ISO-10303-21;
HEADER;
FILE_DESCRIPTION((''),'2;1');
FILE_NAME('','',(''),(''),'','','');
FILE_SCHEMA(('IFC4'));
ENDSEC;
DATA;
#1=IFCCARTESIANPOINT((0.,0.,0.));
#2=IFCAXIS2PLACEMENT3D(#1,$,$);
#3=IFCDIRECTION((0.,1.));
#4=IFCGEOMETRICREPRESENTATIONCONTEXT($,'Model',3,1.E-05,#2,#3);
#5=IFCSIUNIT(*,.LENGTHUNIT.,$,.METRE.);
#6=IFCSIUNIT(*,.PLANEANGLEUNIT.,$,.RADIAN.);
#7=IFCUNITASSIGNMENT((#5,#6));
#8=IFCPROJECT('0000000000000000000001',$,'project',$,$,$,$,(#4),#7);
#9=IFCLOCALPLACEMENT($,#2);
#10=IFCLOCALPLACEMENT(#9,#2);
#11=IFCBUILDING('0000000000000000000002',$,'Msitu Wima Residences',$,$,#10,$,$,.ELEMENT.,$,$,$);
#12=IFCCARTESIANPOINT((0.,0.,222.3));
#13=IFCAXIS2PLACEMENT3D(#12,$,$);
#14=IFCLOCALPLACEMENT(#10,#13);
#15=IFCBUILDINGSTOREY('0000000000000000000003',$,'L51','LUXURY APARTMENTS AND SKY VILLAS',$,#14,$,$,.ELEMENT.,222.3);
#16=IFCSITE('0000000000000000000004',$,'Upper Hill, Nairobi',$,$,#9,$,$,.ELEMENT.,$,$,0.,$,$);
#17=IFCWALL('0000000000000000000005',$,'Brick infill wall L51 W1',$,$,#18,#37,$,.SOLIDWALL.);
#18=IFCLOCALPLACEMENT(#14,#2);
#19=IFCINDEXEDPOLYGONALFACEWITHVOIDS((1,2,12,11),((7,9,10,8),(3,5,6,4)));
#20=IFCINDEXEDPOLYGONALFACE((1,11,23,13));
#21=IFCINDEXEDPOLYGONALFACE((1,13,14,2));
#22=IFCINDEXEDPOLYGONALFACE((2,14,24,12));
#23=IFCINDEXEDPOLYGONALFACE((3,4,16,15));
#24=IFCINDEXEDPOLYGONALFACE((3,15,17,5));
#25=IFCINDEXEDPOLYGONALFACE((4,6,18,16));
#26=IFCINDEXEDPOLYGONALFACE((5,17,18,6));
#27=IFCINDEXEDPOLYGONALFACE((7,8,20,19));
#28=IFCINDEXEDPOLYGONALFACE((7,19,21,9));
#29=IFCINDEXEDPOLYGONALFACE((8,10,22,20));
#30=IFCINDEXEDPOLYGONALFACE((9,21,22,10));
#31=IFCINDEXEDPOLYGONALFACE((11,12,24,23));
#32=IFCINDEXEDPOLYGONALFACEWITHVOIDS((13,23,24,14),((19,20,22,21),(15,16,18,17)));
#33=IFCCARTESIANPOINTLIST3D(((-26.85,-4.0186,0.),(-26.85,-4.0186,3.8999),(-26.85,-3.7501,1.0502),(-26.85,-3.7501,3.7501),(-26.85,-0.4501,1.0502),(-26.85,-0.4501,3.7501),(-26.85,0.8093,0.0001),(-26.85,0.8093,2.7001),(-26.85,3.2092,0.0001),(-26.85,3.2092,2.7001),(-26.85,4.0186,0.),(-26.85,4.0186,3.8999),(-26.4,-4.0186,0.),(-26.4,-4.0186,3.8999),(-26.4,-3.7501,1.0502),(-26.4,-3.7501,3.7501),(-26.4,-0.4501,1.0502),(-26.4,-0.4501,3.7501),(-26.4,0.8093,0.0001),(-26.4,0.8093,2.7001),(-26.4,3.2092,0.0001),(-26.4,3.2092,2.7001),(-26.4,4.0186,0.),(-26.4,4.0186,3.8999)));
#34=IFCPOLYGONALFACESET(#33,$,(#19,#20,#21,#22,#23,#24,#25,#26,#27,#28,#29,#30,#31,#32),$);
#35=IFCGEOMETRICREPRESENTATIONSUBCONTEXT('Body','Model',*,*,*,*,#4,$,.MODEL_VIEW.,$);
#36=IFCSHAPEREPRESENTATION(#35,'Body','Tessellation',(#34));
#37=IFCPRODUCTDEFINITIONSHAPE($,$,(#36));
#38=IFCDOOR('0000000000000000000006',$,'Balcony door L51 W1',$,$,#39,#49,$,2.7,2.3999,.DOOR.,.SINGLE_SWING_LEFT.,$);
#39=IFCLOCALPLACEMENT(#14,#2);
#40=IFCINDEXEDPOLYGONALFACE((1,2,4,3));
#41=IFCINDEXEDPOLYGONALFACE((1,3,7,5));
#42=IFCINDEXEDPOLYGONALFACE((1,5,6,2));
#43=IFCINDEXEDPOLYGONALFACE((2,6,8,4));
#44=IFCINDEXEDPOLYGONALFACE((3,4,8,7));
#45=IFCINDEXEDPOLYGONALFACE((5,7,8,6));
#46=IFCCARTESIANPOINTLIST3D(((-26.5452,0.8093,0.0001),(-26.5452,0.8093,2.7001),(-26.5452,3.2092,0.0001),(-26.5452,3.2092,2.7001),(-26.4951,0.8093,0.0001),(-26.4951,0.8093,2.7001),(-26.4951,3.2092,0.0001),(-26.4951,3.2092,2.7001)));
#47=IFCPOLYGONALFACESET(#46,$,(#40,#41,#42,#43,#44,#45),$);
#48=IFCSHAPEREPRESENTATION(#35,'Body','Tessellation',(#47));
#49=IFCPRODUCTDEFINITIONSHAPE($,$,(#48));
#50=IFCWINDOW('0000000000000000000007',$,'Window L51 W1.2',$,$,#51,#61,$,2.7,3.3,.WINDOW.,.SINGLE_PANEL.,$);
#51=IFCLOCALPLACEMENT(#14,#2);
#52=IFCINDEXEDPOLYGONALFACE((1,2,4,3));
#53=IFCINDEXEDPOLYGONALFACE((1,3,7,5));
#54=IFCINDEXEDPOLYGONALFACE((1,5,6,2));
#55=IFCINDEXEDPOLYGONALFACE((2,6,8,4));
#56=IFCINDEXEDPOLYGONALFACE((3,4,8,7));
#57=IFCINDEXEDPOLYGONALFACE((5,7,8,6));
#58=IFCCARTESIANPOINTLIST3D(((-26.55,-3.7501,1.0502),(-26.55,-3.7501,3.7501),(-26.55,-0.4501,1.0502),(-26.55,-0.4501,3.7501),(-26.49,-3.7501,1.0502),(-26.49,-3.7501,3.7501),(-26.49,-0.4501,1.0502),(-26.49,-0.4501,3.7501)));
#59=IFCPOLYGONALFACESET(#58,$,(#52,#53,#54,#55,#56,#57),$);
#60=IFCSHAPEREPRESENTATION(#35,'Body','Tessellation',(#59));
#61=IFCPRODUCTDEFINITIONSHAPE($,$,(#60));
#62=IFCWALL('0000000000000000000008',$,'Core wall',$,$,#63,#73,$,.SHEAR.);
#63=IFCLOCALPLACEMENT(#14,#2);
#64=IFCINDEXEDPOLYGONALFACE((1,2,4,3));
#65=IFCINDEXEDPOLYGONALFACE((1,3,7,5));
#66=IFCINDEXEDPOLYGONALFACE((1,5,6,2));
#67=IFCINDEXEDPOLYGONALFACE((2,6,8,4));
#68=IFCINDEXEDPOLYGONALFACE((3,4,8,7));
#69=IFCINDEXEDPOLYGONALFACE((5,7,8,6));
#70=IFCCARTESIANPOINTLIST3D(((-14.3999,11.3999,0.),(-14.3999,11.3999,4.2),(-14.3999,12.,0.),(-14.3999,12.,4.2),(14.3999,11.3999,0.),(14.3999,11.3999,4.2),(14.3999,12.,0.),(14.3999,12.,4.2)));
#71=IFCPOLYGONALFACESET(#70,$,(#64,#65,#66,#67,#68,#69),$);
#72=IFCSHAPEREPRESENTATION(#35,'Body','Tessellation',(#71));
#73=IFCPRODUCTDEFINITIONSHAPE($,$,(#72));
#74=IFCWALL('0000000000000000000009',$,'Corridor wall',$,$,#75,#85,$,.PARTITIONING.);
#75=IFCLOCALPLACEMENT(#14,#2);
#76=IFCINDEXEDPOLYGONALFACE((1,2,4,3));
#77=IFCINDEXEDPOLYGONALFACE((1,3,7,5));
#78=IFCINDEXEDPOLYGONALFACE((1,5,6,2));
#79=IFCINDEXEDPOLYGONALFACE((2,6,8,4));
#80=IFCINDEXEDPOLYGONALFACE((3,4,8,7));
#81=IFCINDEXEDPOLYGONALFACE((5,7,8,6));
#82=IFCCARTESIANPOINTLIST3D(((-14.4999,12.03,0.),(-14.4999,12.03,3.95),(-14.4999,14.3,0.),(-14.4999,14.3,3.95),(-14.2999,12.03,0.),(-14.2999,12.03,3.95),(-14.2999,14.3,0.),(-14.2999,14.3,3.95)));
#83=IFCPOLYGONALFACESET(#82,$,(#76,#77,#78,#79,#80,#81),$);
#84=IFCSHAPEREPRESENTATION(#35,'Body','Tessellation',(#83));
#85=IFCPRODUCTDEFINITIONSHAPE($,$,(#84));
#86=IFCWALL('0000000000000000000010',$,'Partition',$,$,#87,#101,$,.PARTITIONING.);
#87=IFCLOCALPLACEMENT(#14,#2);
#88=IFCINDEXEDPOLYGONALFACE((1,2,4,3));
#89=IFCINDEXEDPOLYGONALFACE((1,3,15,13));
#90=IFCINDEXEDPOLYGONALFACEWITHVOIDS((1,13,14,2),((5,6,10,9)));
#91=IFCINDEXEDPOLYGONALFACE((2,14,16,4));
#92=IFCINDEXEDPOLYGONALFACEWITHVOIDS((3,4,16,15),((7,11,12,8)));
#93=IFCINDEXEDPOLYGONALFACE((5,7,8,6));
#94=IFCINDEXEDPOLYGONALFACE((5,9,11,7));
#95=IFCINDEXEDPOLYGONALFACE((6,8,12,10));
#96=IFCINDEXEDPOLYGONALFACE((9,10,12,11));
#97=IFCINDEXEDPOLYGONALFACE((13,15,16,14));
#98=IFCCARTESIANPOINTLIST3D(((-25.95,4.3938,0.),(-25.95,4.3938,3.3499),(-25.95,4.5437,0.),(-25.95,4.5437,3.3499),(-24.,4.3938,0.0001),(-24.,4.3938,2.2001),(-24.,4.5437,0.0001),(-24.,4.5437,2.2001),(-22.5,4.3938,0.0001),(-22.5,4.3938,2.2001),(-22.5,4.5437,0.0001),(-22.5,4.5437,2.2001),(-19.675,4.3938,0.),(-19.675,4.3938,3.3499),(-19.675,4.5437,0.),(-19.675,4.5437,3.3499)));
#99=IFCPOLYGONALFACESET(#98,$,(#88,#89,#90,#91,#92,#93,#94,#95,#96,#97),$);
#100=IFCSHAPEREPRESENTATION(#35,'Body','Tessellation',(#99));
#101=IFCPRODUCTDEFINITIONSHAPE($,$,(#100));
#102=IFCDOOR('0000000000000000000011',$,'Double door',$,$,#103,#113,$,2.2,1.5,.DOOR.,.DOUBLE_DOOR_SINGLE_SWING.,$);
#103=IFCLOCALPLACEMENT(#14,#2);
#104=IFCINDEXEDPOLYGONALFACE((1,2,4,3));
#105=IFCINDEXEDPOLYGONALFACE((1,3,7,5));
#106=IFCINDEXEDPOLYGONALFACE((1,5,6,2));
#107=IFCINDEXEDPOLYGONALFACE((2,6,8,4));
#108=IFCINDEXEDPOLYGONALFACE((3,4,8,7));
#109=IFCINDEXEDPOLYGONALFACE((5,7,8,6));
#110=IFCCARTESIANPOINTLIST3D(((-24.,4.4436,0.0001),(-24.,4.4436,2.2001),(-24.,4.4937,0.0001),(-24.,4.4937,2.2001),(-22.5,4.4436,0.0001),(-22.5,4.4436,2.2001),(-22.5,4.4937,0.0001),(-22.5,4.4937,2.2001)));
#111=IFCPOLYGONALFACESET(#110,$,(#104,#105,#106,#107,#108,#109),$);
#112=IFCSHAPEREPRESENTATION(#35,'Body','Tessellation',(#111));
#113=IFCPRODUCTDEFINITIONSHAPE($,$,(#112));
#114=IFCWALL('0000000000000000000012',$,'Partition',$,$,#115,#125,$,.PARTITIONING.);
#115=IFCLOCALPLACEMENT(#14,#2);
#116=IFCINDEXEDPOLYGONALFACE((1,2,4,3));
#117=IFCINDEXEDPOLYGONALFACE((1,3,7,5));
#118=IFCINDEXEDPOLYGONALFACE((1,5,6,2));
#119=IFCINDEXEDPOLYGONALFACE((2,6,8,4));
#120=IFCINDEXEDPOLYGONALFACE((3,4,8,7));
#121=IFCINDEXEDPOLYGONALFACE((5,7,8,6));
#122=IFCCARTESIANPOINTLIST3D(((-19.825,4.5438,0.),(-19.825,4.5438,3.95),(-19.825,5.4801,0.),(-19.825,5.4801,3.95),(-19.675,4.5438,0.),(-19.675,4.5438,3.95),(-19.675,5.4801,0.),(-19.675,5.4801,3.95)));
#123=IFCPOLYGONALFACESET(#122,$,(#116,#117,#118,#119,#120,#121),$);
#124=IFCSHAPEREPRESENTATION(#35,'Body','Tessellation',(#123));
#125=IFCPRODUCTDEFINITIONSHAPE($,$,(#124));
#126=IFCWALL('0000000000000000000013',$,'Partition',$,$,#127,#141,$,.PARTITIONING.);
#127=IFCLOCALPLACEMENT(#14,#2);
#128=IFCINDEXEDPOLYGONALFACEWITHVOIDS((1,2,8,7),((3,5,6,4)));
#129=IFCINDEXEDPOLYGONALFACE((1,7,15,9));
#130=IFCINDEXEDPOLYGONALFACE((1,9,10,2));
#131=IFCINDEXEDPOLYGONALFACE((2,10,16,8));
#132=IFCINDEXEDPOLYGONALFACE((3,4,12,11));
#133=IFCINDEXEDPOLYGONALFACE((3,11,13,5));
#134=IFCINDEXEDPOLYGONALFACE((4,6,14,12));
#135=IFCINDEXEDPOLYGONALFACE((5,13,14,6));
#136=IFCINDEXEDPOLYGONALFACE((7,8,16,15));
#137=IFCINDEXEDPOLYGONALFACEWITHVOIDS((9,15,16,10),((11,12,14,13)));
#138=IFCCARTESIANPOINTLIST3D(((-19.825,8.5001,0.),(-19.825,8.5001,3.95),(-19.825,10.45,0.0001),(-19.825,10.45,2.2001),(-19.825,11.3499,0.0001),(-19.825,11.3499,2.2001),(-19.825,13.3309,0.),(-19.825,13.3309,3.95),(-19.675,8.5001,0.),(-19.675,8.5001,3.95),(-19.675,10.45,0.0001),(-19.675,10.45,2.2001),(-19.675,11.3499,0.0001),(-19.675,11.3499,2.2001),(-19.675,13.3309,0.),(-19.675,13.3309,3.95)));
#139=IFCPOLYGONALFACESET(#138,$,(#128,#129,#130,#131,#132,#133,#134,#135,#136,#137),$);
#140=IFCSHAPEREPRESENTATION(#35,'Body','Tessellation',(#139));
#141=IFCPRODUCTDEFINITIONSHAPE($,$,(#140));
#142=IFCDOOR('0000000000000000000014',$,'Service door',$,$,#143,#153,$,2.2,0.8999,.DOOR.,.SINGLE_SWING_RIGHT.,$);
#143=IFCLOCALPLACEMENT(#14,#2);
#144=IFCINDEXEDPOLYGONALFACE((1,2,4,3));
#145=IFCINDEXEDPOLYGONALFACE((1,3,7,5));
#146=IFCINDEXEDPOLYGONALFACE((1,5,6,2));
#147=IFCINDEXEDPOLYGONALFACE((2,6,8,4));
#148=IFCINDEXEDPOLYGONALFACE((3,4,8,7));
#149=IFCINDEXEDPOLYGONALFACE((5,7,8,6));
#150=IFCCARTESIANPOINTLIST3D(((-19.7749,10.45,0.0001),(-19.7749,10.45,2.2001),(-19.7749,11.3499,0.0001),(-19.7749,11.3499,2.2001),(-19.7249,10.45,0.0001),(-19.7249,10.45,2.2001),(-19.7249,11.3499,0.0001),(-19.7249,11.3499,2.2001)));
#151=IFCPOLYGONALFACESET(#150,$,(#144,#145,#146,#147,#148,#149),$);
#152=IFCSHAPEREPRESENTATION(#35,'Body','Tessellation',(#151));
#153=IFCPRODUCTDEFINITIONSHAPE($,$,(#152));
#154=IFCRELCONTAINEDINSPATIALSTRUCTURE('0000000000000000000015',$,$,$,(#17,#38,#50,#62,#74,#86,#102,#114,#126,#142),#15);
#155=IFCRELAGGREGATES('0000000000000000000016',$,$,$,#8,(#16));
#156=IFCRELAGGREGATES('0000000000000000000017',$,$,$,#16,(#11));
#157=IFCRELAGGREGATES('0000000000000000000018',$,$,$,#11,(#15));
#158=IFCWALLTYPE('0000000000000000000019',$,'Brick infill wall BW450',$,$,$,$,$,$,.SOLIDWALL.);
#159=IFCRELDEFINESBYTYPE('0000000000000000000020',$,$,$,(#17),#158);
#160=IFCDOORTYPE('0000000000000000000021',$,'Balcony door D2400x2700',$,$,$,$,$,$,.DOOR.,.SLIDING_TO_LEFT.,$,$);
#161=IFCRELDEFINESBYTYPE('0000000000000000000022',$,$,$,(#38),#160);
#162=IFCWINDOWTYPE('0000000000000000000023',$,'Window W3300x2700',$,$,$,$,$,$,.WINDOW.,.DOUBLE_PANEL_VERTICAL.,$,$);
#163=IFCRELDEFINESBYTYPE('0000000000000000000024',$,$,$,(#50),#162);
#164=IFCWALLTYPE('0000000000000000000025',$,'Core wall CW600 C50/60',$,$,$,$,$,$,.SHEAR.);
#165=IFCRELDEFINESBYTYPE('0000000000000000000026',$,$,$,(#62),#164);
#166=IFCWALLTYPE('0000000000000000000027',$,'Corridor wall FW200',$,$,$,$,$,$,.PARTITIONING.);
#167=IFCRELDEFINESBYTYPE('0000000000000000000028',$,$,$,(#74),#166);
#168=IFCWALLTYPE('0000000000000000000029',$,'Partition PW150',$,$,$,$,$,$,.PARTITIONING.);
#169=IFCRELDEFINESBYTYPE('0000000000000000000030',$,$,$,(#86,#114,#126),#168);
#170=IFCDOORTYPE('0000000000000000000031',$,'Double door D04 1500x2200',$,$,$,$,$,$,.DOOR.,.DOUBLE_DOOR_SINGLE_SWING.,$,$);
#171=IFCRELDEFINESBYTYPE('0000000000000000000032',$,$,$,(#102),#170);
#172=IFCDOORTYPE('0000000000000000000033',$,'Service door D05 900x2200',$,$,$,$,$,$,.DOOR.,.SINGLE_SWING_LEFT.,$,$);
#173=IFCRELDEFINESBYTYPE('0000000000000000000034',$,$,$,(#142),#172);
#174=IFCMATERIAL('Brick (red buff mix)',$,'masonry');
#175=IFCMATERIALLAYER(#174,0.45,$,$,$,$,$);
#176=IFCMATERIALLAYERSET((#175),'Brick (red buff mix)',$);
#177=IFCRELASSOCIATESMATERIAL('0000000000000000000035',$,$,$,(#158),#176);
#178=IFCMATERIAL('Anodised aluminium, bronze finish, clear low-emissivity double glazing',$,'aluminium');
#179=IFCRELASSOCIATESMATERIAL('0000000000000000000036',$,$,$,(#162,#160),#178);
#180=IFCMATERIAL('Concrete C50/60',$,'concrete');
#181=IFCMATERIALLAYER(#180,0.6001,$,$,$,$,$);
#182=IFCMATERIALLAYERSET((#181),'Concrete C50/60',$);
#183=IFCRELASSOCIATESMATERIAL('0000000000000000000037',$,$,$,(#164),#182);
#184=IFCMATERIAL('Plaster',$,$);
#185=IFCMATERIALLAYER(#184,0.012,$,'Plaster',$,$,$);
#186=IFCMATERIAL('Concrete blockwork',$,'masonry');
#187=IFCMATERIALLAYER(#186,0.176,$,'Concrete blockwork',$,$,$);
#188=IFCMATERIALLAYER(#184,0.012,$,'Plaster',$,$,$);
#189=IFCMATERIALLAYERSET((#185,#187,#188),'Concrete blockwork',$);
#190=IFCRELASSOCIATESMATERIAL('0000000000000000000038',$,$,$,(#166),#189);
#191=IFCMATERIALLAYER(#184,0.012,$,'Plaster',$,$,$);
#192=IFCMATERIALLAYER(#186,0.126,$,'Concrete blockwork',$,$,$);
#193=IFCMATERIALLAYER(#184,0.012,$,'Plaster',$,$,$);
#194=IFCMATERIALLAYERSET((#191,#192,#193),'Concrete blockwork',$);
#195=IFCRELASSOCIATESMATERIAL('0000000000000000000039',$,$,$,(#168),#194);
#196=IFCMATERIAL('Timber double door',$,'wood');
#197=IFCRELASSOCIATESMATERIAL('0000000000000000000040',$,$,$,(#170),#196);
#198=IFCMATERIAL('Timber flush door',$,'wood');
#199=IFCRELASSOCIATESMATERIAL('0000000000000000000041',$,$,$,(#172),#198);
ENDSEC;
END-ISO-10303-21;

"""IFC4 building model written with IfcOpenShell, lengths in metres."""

from ifc_helpers import new_model, si_unit, direction, frame, frame_2d, origin, place, context, subcontext, project, spatial, rectangle, extrude, material, layer, layer_set, type_object, element, fill, save


model = new_model("IFC4")

# Units and contexts
model_context = context("Model", 3, precision=1e-05, world=origin(), true_north=direction((0.0, 1.0)))
body_context = subcontext(model_context, "Body", "Model", "MODEL_VIEW")
ifc_project = project(units=[si_unit("LENGTHUNIT", "METRE"), si_unit("PLANEANGLEUNIT", "RADIAN")], contexts=[model_context])

# Site, building, storey
site_placement = place(None, origin())
site = spatial("IfcSite", under=ifc_project, at=site_placement, Name="Upper Hill, Nairobi", CompositionType="ELEMENT", RefElevation=0.0)
building_placement = place(site_placement, origin())
building = spatial("IfcBuilding", under=site, at=building_placement, Name="Msitu Wima Residences", CompositionType="ELEMENT")
storey_placement = place(building_placement, frame((0.0, 0.0, 222.3)))
storey = spatial("IfcBuildingStorey", under=building, at=storey_placement, Name="L51", Description="LUXURY APARTMENTS AND SKY VILLAS", CompositionType="ELEMENT", Elevation=222.3)

# Shared definitions
ifc_material_1 = material(Name="Concrete C50/60", Category="concrete")

# Shared definitions
ifc_material_2 = material(Name="Brick (red buff mix)", Category="masonry")
ifc_layer_1 = layer(ifc_material_2, 0.45)
ifc_layer_set_1 = layer_set([ifc_layer_1], Name="Brick (red buff mix)")
wall_type_1 = type_object("IfcWallType", Name="Brick infill wall BW450", PredefinedType="SOLIDWALL", material=ifc_layer_set_1)
ifc_material_3 = material(Name="Anodised aluminium, bronze finish, clear low-emissivity double glazing", Category="aluminium")
window_type = type_object("IfcWindowType", Name="Window W3300x2700", PartitioningType="DOUBLE_PANEL_VERTICAL", PredefinedType="WINDOW", material=ifc_material_3)

# Wall, openings, door, window
wall_1_placement = place(storey_placement, frame((-26.625, 4.0186, 0.0), z_axis=(0.0, 0.0, 1.0), x_axis=(0.0, -1.0, 0.0)))
wall_1 = element("IfcWall", 1, at=wall_1_placement, inside=storey, type_object=wall_type_1, Name="Brick infill wall L51 W1", PredefinedType="SOLIDWALL", context=body_context, shape_type="SweptSolid", body=[
    extrude(rectangle(XDim=8.0371, YDim=0.45, at=frame_2d((4.0186, 0.0))), origin(), (0.0, 0.0, 1.0), 3.8999),
])
opening_1_placement = place(wall_1_placement, frame((0.8093, 0.0, 0.0)))
opening_1 = element("IfcOpeningElement", 2, at=opening_1_placement, cuts=wall_1, PredefinedType="OPENING", context=body_context, shape_type="SweptSolid", body=[
    extrude(rectangle(XDim=2.3999, YDim=2.7, at=frame_2d((1.2, 1.3501))), frame((0.0, 0.2349, 0.0), z_axis=(0.0, -1.0, 0.0), x_axis=(1.0, 0.0, 0.0)), (0.0, 0.0, 1.0), 0.47),
])
opening_2_placement = place(wall_1_placement, frame((4.4688, 0.0, 1.05)))
opening_2 = element("IfcOpeningElement", 3, at=opening_2_placement, cuts=wall_1, PredefinedType="OPENING", context=body_context, shape_type="SweptSolid", body=[
    extrude(rectangle(XDim=3.3, YDim=2.7, at=frame_2d((1.6499, 1.3501))), frame((0.0, 0.2349, 0.0), z_axis=(0.0, -1.0, 0.0), x_axis=(1.0, 0.0, 0.0)), (0.0, 0.0, 1.0), 0.47),
])
door_type_1 = type_object("IfcDoorType", Name="Balcony door D2400x2700", OperationType="SLIDING_TO_LEFT", PredefinedType="DOOR", material=ifc_material_3)
door_1_placement = place(opening_1_placement, origin())
door_1 = element("IfcDoor", 4, at=door_1_placement, inside=storey, type_object=door_type_1, Name="Balcony door L51 W1", OperationType="SINGLE_SWING_LEFT", OverallHeight=2.7, OverallWidth=2.3999, PredefinedType="DOOR", context=body_context, shape_type="SweptSolid", body=[
    extrude(rectangle(XDim=2.3999, YDim=2.7, at=frame_2d((1.2, 1.3501))), frame((0.0, 0.1299, 0.0), z_axis=(0.0, -1.0, 0.0), x_axis=(1.0, 0.0, 0.0)), (0.0, 0.0, 1.0), 0.05),
])
fill(opening_1, door_1)
window_1_placement = place(opening_2_placement, origin())
window_1 = element("IfcWindow", 5, at=window_1_placement, inside=storey, type_object=window_type, Name="Window L51 W1.2", OverallHeight=2.7, OverallWidth=3.3, PartitioningType="SINGLE_PANEL", PredefinedType="WINDOW", context=body_context, shape_type="SweptSolid", body=[
    extrude(rectangle(XDim=3.3, YDim=2.7, at=frame_2d((1.6499, 1.3501))), frame((0.0, 0.135, 0.0), z_axis=(0.0, -1.0, 0.0), x_axis=(1.0, 0.0, 0.0)), (0.0, 0.0, 1.0), 0.0601),
])
fill(opening_2, window_1)

# Walls
ifc_layer_2 = layer(ifc_material_1, 0.6001)
ifc_layer_set_2 = layer_set([ifc_layer_2], Name="Concrete C50/60")
wall_type_2 = type_object("IfcWallType", Name="Core wall CW600 C50/60", PredefinedType="SHEAR", material=ifc_layer_set_2)
wall_2_placement = place(storey_placement, frame((-14.3999, 11.7, 0.0), z_axis=(0.0, 0.0, 1.0), x_axis=(1.0, 0.0, 0.0)))
element("IfcWall", 6, at=wall_2_placement, inside=storey, type_object=wall_type_2, Name="Core wall", PredefinedType="SHEAR", context=body_context, shape_type="SweptSolid", body=[
    extrude(rectangle(XDim=28.7998, YDim=0.6001, at=frame_2d((14.3999, 0.0))), origin(), (0.0, 0.0, 1.0), 4.2),
])
ifc_material_4 = material(Name="Plaster")
ifc_layer_3 = layer(ifc_material_4, 0.012, Name="Plaster")
ifc_material_5 = material(Name="Concrete blockwork", Category="masonry")
ifc_layer_4 = layer(ifc_material_5, 0.176, Name="Concrete blockwork")
ifc_layer_5 = layer(ifc_material_4, 0.012, Name="Plaster")
ifc_layer_set_3 = layer_set([ifc_layer_3, ifc_layer_4, ifc_layer_5], Name="Concrete blockwork")
wall_type_3 = type_object("IfcWallType", Name="Corridor wall FW200", PredefinedType="PARTITIONING", material=ifc_layer_set_3)
wall_3_placement = place(storey_placement, frame((-14.3999, 12.03, 0.0), z_axis=(0.0, 0.0, 1.0), x_axis=(0.0, 1.0, 0.0)))
element("IfcWall", 7, at=wall_3_placement, inside=storey, type_object=wall_type_3, Name="Corridor wall", PredefinedType="PARTITIONING", context=body_context, shape_type="SweptSolid", body=[
    extrude(rectangle(XDim=2.27, YDim=0.2, at=frame_2d((1.135, 0.0))), origin(), (0.0, 0.0, 1.0), 3.95),
])

# Wall, opening, door
ifc_layer_6 = layer(ifc_material_4, 0.012, Name="Plaster")
ifc_layer_7 = layer(ifc_material_5, 0.126, Name="Concrete blockwork")
ifc_layer_8 = layer(ifc_material_4, 0.012, Name="Plaster")
ifc_layer_set_4 = layer_set([ifc_layer_6, ifc_layer_7, ifc_layer_8], Name="Concrete blockwork")
wall_type_4 = type_object("IfcWallType", Name="Partition PW150", PredefinedType="PARTITIONING", material=ifc_layer_set_4)
wall_4_placement = place(storey_placement, frame((-25.95, 4.4688, 0.0), z_axis=(0.0, 0.0, 1.0), x_axis=(1.0, 0.0, 0.0)))
wall_4 = element("IfcWall", 8, at=wall_4_placement, inside=storey, type_object=wall_type_4, Name="Partition", PredefinedType="PARTITIONING", context=body_context, shape_type="SweptSolid", body=[
    extrude(rectangle(XDim=6.2749, YDim=0.1499, at=frame_2d((3.1375, 0.0))), origin(), (0.0, 0.0, 1.0), 3.3499),
])
opening_3_placement = place(wall_4_placement, frame((1.95, 0.0, 0.0)))
opening_3 = element("IfcOpeningElement", 9, at=opening_3_placement, cuts=wall_4, PredefinedType="OPENING", context=body_context, shape_type="SweptSolid", body=[
    extrude(rectangle(XDim=1.5, YDim=2.2, at=frame_2d((0.75, 1.1001))), frame((0.0, 0.085, 0.0), z_axis=(0.0, -1.0, 0.0), x_axis=(1.0, 0.0, 0.0)), (0.0, 0.0, 1.0), 0.1699),
])
ifc_material_6 = material(Name="Timber double door", Category="wood")
door_type_2 = type_object("IfcDoorType", Name="Double door D04 1500x2200", OperationType="DOUBLE_DOOR_SINGLE_SWING", PredefinedType="DOOR", material=ifc_material_6)
door_2_placement = place(opening_3_placement, origin())
door_2 = element("IfcDoor", 10, at=door_2_placement, inside=storey, type_object=door_type_2, Name="Double door", OperationType="DOUBLE_DOOR_SINGLE_SWING", OverallHeight=2.2, OverallWidth=1.5, PredefinedType="DOOR", context=body_context, shape_type="SweptSolid", body=[
    extrude(rectangle(XDim=1.5, YDim=2.2, at=frame_2d((0.75, 1.1001))), frame((0.0, 0.0249, 0.0), z_axis=(0.0, -1.0, 0.0), x_axis=(1.0, 0.0, 0.0)), (0.0, 0.0, 1.0), 0.05),
])
fill(opening_3, door_2)

# Wall
wall_5_placement = place(storey_placement, frame((-19.75, 4.5437, 0.0), z_axis=(0.0, 0.0, 1.0), x_axis=(0.0, 1.0, 0.0)))
element("IfcWall", 11, at=wall_5_placement, inside=storey, type_object=wall_type_4, Name="Partition", PredefinedType="PARTITIONING", context=body_context, shape_type="SweptSolid", body=[
    extrude(rectangle(XDim=0.9363, YDim=0.1499, at=frame_2d((0.4683, 0.0))), origin(), (0.0, 0.0, 1.0), 3.95),
])

# Wall, opening, door
wall_6_placement = place(storey_placement, frame((-19.75, 8.5, 0.0), z_axis=(0.0, 0.0, 1.0), x_axis=(0.0, 1.0, 0.0)))
wall_6 = element("IfcWall", 12, at=wall_6_placement, inside=storey, type_object=wall_type_4, Name="Partition", PredefinedType="PARTITIONING", context=body_context, shape_type="SweptSolid", body=[
    extrude(rectangle(XDim=4.8308, YDim=0.1499, at=frame_2d((2.4155, 0.0))), origin(), (0.0, 0.0, 1.0), 3.95),
])
opening_4_placement = place(wall_6_placement, frame((1.95, 0.0, 0.0)))
opening_4 = element("IfcOpeningElement", 13, at=opening_4_placement, cuts=wall_6, PredefinedType="OPENING", context=body_context, shape_type="SweptSolid", body=[
    extrude(rectangle(XDim=0.8999, YDim=2.2, at=frame_2d((0.45, 1.1001))), frame((0.0, 0.085, 0.0), z_axis=(0.0, -1.0, 0.0), x_axis=(1.0, 0.0, 0.0)), (0.0, 0.0, 1.0), 0.1699),
])
ifc_material_7 = material(Name="Timber flush door", Category="wood")
door_type_3 = type_object("IfcDoorType", Name="Service door D05 900x2200", OperationType="SINGLE_SWING_LEFT", PredefinedType="DOOR", material=ifc_material_7)
door_3_placement = place(opening_4_placement, origin())
door_3 = element("IfcDoor", 14, at=door_3_placement, inside=storey, type_object=door_type_3, Name="Service door", OperationType="SINGLE_SWING_RIGHT", OverallHeight=2.2, OverallWidth=0.8999, PredefinedType="DOOR", context=body_context, shape_type="SweptSolid", body=[
    extrude(rectangle(XDim=0.8999, YDim=2.2, at=frame_2d((0.45, 1.1001))), frame((0.0, 0.0249, 0.0), z_axis=(0.0, -1.0, 0.0), x_axis=(1.0, 0.0, 0.0)), (0.0, 0.0, 1.0), 0.05),
])
fill(opening_4, door_3)

save(model, "model.ifc")
